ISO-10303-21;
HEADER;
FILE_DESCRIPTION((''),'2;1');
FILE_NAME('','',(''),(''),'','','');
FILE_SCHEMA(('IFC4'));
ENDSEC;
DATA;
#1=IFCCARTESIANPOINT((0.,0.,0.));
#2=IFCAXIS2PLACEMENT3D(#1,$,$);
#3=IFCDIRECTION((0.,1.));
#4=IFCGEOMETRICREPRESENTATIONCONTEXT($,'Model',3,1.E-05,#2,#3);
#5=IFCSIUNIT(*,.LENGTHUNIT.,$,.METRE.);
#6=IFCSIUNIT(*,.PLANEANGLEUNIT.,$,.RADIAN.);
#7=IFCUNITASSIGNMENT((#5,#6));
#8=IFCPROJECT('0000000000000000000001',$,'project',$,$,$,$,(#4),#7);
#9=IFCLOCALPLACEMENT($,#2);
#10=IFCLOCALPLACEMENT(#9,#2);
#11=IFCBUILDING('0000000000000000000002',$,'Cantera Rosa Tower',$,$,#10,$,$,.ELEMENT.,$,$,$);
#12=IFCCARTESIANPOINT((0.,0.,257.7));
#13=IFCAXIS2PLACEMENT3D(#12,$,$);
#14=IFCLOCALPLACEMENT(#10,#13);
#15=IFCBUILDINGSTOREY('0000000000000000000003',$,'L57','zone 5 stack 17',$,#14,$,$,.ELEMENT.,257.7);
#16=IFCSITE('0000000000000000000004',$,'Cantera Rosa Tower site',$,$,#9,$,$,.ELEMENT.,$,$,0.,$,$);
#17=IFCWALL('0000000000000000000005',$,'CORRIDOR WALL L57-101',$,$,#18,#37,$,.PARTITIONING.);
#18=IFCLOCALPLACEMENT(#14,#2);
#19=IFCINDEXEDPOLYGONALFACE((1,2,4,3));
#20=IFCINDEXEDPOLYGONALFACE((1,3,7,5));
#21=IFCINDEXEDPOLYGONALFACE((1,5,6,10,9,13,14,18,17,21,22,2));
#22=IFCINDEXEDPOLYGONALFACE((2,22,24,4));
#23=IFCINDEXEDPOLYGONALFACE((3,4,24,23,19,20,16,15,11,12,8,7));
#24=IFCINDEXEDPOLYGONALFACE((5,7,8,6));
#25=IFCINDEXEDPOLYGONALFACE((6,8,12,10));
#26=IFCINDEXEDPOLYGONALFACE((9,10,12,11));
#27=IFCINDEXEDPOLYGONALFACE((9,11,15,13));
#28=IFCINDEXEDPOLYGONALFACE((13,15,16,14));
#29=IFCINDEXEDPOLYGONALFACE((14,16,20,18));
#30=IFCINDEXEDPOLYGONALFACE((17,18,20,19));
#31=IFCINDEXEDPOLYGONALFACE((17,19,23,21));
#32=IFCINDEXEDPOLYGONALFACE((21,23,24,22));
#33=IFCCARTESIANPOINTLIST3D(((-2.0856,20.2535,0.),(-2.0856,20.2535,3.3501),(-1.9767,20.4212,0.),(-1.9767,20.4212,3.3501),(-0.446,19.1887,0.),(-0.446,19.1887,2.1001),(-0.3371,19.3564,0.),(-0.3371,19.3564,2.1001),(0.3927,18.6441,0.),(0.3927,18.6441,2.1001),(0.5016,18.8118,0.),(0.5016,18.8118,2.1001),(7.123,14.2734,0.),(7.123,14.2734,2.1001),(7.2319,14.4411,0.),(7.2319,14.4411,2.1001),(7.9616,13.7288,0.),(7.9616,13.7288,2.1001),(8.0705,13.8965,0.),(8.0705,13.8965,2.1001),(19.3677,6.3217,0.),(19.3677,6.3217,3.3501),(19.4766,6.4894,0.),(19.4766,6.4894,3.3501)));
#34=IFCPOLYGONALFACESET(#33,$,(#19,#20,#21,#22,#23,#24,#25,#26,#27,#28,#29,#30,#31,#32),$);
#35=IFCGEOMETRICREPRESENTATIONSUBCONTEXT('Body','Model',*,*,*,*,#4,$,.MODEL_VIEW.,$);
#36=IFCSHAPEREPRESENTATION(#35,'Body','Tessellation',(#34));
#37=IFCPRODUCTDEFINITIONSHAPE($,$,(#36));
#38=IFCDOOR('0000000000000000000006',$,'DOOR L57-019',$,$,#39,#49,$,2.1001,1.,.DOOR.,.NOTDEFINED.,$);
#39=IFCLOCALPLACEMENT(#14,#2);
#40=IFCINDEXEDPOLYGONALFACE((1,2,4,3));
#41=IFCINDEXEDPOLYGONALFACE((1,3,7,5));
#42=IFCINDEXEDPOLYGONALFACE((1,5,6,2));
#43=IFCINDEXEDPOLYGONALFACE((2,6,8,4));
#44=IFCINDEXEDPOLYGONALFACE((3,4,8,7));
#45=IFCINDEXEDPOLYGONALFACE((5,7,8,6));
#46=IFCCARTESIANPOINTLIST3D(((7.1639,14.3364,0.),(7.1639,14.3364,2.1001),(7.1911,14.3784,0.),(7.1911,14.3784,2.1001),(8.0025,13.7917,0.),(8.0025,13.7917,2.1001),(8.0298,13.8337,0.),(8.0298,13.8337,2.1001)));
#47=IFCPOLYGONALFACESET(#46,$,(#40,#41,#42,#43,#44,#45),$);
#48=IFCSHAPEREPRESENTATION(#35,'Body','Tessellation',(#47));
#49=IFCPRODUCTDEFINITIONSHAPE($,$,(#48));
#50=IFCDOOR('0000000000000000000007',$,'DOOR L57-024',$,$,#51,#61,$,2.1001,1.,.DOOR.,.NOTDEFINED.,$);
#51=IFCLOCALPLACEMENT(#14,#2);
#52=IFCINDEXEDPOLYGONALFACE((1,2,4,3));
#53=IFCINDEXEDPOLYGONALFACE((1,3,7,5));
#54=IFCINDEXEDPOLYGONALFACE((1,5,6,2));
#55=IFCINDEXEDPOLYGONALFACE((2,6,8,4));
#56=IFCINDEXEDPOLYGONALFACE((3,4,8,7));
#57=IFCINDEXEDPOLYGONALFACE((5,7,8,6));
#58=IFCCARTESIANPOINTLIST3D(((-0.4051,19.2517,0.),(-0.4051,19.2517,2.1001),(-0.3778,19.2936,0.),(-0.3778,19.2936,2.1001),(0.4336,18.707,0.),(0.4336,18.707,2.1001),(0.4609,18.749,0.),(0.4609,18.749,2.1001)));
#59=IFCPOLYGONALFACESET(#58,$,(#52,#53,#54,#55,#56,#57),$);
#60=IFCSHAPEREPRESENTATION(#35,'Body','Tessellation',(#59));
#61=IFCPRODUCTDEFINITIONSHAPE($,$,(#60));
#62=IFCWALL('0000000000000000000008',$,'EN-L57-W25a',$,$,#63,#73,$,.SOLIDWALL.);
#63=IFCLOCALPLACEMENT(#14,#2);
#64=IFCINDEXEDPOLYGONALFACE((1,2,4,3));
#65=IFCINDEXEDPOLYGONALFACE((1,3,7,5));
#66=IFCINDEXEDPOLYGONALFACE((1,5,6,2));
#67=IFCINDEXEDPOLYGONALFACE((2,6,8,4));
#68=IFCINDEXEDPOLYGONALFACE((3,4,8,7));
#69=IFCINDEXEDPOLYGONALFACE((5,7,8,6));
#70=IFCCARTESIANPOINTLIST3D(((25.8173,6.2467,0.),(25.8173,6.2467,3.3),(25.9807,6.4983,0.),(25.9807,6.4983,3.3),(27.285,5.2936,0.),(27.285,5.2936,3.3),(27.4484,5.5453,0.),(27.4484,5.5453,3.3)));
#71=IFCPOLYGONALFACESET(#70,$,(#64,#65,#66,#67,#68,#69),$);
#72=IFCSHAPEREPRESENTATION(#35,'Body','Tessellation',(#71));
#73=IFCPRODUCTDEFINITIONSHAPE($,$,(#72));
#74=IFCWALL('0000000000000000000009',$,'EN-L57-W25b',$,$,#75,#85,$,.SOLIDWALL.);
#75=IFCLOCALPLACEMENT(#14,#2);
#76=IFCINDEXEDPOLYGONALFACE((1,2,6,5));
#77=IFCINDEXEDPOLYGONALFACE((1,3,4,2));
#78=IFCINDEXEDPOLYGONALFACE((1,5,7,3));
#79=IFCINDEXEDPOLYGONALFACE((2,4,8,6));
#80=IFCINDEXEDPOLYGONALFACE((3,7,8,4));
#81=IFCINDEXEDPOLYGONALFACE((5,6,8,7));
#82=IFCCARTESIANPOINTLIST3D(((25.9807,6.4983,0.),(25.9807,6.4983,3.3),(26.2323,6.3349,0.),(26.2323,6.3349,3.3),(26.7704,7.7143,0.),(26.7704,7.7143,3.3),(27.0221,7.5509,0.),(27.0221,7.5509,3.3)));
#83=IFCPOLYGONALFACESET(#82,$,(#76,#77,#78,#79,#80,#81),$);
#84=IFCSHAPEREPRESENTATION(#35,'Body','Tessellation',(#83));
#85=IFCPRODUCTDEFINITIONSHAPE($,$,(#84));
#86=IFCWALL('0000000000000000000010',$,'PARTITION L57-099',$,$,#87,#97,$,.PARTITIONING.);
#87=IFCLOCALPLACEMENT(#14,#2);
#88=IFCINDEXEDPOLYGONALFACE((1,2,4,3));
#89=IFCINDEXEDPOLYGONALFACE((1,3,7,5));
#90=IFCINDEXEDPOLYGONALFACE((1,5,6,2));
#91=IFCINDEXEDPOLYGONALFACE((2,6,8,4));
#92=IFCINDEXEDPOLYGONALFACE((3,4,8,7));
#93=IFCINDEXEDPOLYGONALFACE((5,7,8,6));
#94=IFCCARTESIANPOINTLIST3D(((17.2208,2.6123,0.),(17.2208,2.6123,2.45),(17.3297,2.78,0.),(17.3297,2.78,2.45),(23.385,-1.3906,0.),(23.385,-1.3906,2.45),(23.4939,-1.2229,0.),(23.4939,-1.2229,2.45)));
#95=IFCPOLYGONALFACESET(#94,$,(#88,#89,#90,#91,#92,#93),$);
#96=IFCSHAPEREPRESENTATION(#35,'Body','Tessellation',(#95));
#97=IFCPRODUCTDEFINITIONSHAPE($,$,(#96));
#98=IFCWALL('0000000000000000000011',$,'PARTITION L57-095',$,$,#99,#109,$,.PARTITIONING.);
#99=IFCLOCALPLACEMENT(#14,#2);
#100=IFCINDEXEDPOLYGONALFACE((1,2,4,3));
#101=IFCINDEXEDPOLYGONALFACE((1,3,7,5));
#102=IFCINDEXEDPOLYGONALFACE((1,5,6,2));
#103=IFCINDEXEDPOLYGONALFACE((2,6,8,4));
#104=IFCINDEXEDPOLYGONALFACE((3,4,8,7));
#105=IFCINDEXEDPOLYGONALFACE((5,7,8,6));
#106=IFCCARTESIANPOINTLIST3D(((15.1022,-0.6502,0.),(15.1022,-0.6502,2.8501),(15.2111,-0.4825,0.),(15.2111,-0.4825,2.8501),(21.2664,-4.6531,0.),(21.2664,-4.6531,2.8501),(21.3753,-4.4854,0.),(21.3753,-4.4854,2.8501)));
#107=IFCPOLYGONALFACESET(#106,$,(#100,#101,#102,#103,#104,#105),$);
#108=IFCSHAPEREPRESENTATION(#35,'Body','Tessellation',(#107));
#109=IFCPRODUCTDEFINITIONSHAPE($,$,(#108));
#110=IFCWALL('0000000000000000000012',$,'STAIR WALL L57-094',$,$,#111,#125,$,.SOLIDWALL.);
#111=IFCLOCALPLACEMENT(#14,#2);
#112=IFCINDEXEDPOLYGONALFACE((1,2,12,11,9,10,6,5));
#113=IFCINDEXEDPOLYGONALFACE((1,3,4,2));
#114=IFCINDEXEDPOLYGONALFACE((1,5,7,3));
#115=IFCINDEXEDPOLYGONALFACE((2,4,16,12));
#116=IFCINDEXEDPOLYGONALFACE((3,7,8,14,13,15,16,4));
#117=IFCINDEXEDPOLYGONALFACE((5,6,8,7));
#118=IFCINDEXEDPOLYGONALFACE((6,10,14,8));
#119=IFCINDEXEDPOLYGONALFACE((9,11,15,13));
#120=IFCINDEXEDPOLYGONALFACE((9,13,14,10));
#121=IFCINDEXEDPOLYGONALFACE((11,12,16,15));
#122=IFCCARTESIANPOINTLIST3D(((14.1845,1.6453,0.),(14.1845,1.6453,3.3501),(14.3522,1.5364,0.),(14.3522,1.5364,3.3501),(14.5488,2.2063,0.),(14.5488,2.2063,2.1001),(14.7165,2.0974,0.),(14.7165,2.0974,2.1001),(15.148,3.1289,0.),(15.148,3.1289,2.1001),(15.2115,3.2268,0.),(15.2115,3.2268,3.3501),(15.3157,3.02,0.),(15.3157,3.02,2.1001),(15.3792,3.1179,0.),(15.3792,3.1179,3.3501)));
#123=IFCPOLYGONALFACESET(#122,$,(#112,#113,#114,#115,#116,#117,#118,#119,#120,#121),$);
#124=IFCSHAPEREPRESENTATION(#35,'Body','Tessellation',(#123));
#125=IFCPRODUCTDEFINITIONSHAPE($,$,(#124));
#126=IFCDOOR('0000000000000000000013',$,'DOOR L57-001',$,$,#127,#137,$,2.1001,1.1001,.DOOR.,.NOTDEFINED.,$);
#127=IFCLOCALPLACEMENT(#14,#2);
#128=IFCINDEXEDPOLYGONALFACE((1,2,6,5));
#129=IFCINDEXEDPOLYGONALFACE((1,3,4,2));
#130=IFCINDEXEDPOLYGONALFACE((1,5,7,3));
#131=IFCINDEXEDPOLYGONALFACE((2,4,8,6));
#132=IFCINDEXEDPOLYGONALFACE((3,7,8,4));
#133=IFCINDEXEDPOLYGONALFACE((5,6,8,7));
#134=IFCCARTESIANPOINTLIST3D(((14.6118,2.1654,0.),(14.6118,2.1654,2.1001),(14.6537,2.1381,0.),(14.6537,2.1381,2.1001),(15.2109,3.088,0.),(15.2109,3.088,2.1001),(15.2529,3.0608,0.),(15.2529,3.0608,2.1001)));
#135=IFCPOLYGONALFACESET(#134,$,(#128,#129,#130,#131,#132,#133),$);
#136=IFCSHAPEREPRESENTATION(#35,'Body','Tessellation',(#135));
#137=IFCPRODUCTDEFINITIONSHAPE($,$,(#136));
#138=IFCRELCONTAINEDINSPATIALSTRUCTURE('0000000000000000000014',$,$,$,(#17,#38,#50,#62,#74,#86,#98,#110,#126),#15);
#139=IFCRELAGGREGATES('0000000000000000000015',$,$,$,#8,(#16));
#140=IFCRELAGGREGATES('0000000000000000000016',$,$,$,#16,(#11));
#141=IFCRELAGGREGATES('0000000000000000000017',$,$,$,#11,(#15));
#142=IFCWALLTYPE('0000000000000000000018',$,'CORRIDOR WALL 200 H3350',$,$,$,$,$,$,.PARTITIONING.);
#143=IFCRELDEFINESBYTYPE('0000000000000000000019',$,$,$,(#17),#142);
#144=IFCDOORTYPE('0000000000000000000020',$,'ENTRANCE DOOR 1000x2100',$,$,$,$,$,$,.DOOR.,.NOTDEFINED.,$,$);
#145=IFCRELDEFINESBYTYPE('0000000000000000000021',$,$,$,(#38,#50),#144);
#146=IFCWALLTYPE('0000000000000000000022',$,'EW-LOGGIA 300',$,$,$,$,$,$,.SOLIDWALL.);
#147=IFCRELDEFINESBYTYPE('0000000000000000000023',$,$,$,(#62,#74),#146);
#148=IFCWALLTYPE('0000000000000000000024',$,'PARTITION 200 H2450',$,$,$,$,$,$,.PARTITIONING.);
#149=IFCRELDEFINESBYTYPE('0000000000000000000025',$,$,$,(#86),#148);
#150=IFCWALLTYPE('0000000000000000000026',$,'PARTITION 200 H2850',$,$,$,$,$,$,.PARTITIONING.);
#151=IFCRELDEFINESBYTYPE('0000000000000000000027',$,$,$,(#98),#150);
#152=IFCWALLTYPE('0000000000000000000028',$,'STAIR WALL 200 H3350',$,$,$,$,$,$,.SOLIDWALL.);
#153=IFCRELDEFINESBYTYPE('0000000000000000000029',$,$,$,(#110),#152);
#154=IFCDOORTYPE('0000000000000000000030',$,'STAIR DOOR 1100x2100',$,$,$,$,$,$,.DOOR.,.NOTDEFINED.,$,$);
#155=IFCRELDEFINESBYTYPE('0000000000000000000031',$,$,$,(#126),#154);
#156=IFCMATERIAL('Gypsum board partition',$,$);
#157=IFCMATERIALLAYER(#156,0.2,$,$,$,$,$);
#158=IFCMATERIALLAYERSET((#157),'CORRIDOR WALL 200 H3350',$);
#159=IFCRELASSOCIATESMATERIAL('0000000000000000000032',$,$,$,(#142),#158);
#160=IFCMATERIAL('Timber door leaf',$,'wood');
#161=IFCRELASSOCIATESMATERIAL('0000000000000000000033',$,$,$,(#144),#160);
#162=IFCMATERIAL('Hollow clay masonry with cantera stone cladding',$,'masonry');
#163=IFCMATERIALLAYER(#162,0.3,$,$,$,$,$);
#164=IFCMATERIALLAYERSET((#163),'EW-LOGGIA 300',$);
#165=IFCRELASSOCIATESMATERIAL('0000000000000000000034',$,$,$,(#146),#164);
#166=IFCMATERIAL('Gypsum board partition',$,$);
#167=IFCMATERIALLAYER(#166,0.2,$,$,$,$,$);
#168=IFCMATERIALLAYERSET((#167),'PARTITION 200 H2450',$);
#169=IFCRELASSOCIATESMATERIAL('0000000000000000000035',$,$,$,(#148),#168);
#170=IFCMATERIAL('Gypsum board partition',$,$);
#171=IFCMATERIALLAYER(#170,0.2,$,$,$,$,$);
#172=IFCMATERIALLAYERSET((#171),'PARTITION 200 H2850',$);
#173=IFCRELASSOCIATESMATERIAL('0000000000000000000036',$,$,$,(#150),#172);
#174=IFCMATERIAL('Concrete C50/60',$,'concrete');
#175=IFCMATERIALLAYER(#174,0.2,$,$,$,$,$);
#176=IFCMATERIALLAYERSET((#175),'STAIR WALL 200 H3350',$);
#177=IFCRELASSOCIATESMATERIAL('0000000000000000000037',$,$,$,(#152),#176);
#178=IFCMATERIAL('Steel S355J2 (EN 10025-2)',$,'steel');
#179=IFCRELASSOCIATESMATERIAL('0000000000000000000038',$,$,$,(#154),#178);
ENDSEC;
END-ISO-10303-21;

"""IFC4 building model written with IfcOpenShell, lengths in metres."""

from ifc_helpers import new_model, si_unit, direction, frame, frame_2d, origin, place, context, subcontext, project, spatial, rectangle, extrude, material, layer, layer_set, type_object, element, fill, save


model = new_model("IFC4")

# Units and contexts
model_context = context("Model", 3, precision=1e-05, world=origin(), true_north=direction((0.0, 1.0)))
body_context = subcontext(model_context, "Body", "Model", "MODEL_VIEW")
ifc_project = project(units=[si_unit("LENGTHUNIT", "METRE"), si_unit("PLANEANGLEUNIT", "RADIAN")], contexts=[model_context])

# Site, building, storey
site_placement = place(None, origin())
site = spatial("IfcSite", under=ifc_project, at=site_placement, Name="Cantera Rosa Tower site", CompositionType="ELEMENT", RefElevation=0.0)
building_placement = place(site_placement, origin())
building = spatial("IfcBuilding", under=site, at=building_placement, Name="Cantera Rosa Tower", CompositionType="ELEMENT")
storey_placement = place(building_placement, frame((0.0, 0.0, 257.7)))
storey = spatial("IfcBuildingStorey", under=building, at=storey_placement, Name="L57", Description="zone 5 stack 17", CompositionType="ELEMENT", Elevation=257.7)

# Shared definitions
ifc_material_1 = material(Name="Gypsum board partition")
ifc_layer_1 = layer(ifc_material_1, 0.2)
ifc_layer_set_1 = layer_set([ifc_layer_1], Name="CORRIDOR WALL 200 H3350")
wall_type_1 = type_object("IfcWallType", Name="CORRIDOR WALL 200 H3350", PredefinedType="PARTITIONING", material=ifc_layer_set_1)

# Wall, openings, doors
wall_1_placement = place(storey_placement, frame((19.4221, 6.4055, 0.0), z_axis=(0.0, 0.0, 1.0), x_axis=(-0.838672, 0.544636, 0.0)))
wall_1 = element("IfcWall", 1, at=wall_1_placement, inside=storey, type_object=wall_type_1, Name="CORRIDOR WALL L57-101", PredefinedType="PARTITIONING", context=body_context, shape_type="SweptSolid", body=[
    extrude(rectangle(XDim=25.5801, YDim=0.2, at=frame_2d((12.79, 0.0))), origin(), (0.0, 0.0, 1.0), 3.3501),
])
opening_1_placement = place(wall_1_placement, frame((13.6001, 0.0, 0.0)))
opening_1 = element("IfcOpeningElement", 2, at=opening_1_placement, cuts=wall_1, PredefinedType="OPENING", context=body_context, shape_type="SweptSolid", body=[
    extrude(rectangle(XDim=1.0, YDim=2.1001, at=frame_2d((0.5, 1.05))), frame((0.0, 0.1099, 0.0), z_axis=(0.0, -1.0, 0.0), x_axis=(1.0, 0.0, 0.0)), (0.0, 0.0, 1.0), 0.22),
])
opening_2_placement = place(wall_1_placement, frame((22.625, 0.0, 0.0)))
opening_2 = element("IfcOpeningElement", 3, at=opening_2_placement, cuts=wall_1, PredefinedType="OPENING", context=body_context, shape_type="SweptSolid", body=[
    extrude(rectangle(XDim=1.0, YDim=2.1001, at=frame_2d((0.5, 1.05))), frame((0.0, 0.1099, 0.0), z_axis=(0.0, -1.0, 0.0), x_axis=(1.0, 0.0, 0.0)), (0.0, 0.0, 1.0), 0.22),
])
ifc_material_2 = material(Name="Timber door leaf", Category="wood")
door_type_1 = type_object("IfcDoorType", Name="ENTRANCE DOOR 1000x2100", OperationType="NOTDEFINED", PredefinedType="DOOR", material=ifc_material_2)
door_1_placement = place(opening_1_placement, origin())
door_1 = element("IfcDoor", 4, at=door_1_placement, inside=storey, type_object=door_type_1, Name="DOOR L57-019", OperationType="NOTDEFINED", OverallHeight=2.1001, OverallWidth=1.0, PredefinedType="DOOR", context=body_context, shape_type="SweptSolid", body=[
    extrude(rectangle(XDim=1.0, YDim=2.1001, at=frame_2d((0.5, 1.05))), frame((0.0, 0.0249, 0.0), z_axis=(0.0, -1.0, 0.0), x_axis=(1.0, 0.0, 0.0)), (0.0, 0.0, 1.0), 0.05),
])
fill(opening_1, door_1)
door_2_placement = place(opening_2_placement, origin())
door_2 = element("IfcDoor", 5, at=door_2_placement, inside=storey, type_object=door_type_1, Name="DOOR L57-024", OperationType="NOTDEFINED", OverallHeight=2.1001, OverallWidth=1.0, PredefinedType="DOOR", context=body_context, shape_type="SweptSolid", body=[
    extrude(rectangle(XDim=1.0, YDim=2.1001, at=frame_2d((0.5, 1.05))), frame((0.0, 0.0249, 0.0), z_axis=(0.0, -1.0, 0.0), x_axis=(1.0, 0.0, 0.0)), (0.0, 0.0, 1.0), 0.05),
])
fill(opening_2, door_2)

# Walls
ifc_material_3 = material(Name="Hollow clay masonry with cantera stone cladding", Category="masonry")
ifc_layer_2 = layer(ifc_material_3, 0.3)
ifc_layer_set_2 = layer_set([ifc_layer_2], Name="EW-LOGGIA 300")
wall_type_2 = type_object("IfcWallType", Name="EW-LOGGIA 300", PredefinedType="SOLIDWALL", material=ifc_layer_set_2)
wall_2_placement = place(storey_placement, frame((27.3667, 5.4194, 0.0), z_axis=(0.0, 0.0, 1.0), x_axis=(-0.838686, 0.544616, 0.0)))
element("IfcWall", 6, at=wall_2_placement, inside=storey, type_object=wall_type_2, Name="EN-L57-W25a", PredefinedType="SOLIDWALL", context=body_context, shape_type="SweptSolid", body=[
    extrude(rectangle(XDim=1.75, YDim=0.3, at=frame_2d((0.875, 0.0))), origin(), (0.0, 0.0, 1.0), 3.3),
])
wall_3_placement = place(storey_placement, frame((26.1064, 6.4165, 0.0), z_axis=(0.0, 0.0, 1.0), x_axis=(0.544675, 0.838647, 0.0)))
element("IfcWall", 7, at=wall_3_placement, inside=storey, type_object=wall_type_2, Name="EN-L57-W25b", PredefinedType="SOLIDWALL", context=body_context, shape_type="SweptSolid", body=[
    extrude(rectangle(XDim=1.45, YDim=0.3, at=frame_2d((0.7251, 0.0))), origin(), (0.0, 0.0, 1.0), 3.3),
])

# Walls
ifc_material_4 = material(Name="Gypsum board partition")
ifc_layer_3 = layer(ifc_material_4, 0.2)
ifc_layer_set_3 = layer_set([ifc_layer_3], Name="PARTITION 200 H2450")
wall_type_3 = type_object("IfcWallType", Name="PARTITION 200 H2450", PredefinedType="PARTITIONING", material=ifc_layer_set_3)
wall_4_placement = place(storey_placement, frame((17.2754, 2.696, 0.0), z_axis=(0.0, 0.0, 1.0), x_axis=(0.838684, -0.544618, 0.0)))
element("IfcWall", 8, at=wall_4_placement, inside=storey, type_object=wall_type_3, Name="PARTITION L57-099", PredefinedType="PARTITIONING", context=body_context, shape_type="SweptSolid", body=[
    extrude(rectangle(XDim=7.3499, YDim=0.2, at=frame_2d((3.6748, 0.0))), origin(), (0.0, 0.0, 1.0), 2.45),
])
ifc_material_5 = material(Name="Gypsum board partition")
ifc_layer_4 = layer(ifc_material_5, 0.2)
ifc_layer_set_4 = layer_set([ifc_layer_4], Name="PARTITION 200 H2850")
wall_type_4 = type_object("IfcWallType", Name="PARTITION 200 H2850", PredefinedType="PARTITIONING", material=ifc_layer_set_4)
wall_5_placement = place(storey_placement, frame((15.1567, -0.5664, 0.0), z_axis=(0.0, 0.0, 1.0), x_axis=(0.838684, -0.544618, 0.0)))
element("IfcWall", 9, at=wall_5_placement, inside=storey, type_object=wall_type_4, Name="PARTITION L57-095", PredefinedType="PARTITIONING", context=body_context, shape_type="SweptSolid", body=[
    extrude(rectangle(XDim=7.3499, YDim=0.2, at=frame_2d((3.6748, 0.0))), origin(), (0.0, 0.0, 1.0), 2.8501),
])

# Wall, opening, door
ifc_material_6 = material(Name="Concrete C50/60", Category="concrete")
ifc_layer_5 = layer(ifc_material_6, 0.2)
ifc_layer_set_5 = layer_set([ifc_layer_5], Name="STAIR WALL 200 H3350")
wall_type_5 = type_object("IfcWallType", Name="STAIR WALL 200 H3350", PredefinedType="SOLIDWALL", material=ifc_layer_set_5)
wall_6_placement = place(storey_placement, frame((14.2683, 1.5908, 0.0), z_axis=(0.0, 0.0, 1.0), x_axis=(0.544652, 0.838662, 0.0)))
wall_6 = element("IfcWall", 10, at=wall_6_placement, inside=storey, type_object=wall_type_5, Name="STAIR WALL L57-094", PredefinedType="SOLIDWALL", context=body_context, shape_type="SweptSolid", body=[
    extrude(rectangle(XDim=1.8857, YDim=0.2, at=frame_2d((0.9429, 0.0))), origin(), (0.0, 0.0, 1.0), 3.3501),
])
opening_3_placement = place(wall_6_placement, frame((0.6689, 0.0, 0.0)))
opening_3 = element("IfcOpeningElement", 11, at=opening_3_placement, cuts=wall_6, PredefinedType="OPENING", context=body_context, shape_type="SweptSolid", body=[
    extrude(rectangle(XDim=1.1001, YDim=2.1001, at=frame_2d((0.55, 1.05))), frame((0.0, 0.1099, 0.0), z_axis=(0.0, -1.0, 0.0), x_axis=(1.0, 0.0, 0.0)), (0.0, 0.0, 1.0), 0.22),
])
ifc_material_7 = material(Name="Steel S355J2 (EN 10025-2)", Category="steel")
door_type_2 = type_object("IfcDoorType", Name="STAIR DOOR 1100x2100", OperationType="NOTDEFINED", PredefinedType="DOOR", material=ifc_material_7)
door_3_placement = place(opening_3_placement, origin())
door_3 = element("IfcDoor", 12, at=door_3_placement, inside=storey, type_object=door_type_2, Name="DOOR L57-001", OperationType="NOTDEFINED", OverallHeight=2.1001, OverallWidth=1.1001, PredefinedType="DOOR", context=body_context, shape_type="SweptSolid", body=[
    extrude(rectangle(XDim=1.1001, YDim=2.1001, at=frame_2d((0.55, 1.05))), frame((0.0, 0.0249, 0.0), z_axis=(0.0, -1.0, 0.0), x_axis=(1.0, 0.0, 0.0)), (0.0, 0.0, 1.0), 0.05),
])
fill(opening_3, door_3)

save(model, "model.ifc")
